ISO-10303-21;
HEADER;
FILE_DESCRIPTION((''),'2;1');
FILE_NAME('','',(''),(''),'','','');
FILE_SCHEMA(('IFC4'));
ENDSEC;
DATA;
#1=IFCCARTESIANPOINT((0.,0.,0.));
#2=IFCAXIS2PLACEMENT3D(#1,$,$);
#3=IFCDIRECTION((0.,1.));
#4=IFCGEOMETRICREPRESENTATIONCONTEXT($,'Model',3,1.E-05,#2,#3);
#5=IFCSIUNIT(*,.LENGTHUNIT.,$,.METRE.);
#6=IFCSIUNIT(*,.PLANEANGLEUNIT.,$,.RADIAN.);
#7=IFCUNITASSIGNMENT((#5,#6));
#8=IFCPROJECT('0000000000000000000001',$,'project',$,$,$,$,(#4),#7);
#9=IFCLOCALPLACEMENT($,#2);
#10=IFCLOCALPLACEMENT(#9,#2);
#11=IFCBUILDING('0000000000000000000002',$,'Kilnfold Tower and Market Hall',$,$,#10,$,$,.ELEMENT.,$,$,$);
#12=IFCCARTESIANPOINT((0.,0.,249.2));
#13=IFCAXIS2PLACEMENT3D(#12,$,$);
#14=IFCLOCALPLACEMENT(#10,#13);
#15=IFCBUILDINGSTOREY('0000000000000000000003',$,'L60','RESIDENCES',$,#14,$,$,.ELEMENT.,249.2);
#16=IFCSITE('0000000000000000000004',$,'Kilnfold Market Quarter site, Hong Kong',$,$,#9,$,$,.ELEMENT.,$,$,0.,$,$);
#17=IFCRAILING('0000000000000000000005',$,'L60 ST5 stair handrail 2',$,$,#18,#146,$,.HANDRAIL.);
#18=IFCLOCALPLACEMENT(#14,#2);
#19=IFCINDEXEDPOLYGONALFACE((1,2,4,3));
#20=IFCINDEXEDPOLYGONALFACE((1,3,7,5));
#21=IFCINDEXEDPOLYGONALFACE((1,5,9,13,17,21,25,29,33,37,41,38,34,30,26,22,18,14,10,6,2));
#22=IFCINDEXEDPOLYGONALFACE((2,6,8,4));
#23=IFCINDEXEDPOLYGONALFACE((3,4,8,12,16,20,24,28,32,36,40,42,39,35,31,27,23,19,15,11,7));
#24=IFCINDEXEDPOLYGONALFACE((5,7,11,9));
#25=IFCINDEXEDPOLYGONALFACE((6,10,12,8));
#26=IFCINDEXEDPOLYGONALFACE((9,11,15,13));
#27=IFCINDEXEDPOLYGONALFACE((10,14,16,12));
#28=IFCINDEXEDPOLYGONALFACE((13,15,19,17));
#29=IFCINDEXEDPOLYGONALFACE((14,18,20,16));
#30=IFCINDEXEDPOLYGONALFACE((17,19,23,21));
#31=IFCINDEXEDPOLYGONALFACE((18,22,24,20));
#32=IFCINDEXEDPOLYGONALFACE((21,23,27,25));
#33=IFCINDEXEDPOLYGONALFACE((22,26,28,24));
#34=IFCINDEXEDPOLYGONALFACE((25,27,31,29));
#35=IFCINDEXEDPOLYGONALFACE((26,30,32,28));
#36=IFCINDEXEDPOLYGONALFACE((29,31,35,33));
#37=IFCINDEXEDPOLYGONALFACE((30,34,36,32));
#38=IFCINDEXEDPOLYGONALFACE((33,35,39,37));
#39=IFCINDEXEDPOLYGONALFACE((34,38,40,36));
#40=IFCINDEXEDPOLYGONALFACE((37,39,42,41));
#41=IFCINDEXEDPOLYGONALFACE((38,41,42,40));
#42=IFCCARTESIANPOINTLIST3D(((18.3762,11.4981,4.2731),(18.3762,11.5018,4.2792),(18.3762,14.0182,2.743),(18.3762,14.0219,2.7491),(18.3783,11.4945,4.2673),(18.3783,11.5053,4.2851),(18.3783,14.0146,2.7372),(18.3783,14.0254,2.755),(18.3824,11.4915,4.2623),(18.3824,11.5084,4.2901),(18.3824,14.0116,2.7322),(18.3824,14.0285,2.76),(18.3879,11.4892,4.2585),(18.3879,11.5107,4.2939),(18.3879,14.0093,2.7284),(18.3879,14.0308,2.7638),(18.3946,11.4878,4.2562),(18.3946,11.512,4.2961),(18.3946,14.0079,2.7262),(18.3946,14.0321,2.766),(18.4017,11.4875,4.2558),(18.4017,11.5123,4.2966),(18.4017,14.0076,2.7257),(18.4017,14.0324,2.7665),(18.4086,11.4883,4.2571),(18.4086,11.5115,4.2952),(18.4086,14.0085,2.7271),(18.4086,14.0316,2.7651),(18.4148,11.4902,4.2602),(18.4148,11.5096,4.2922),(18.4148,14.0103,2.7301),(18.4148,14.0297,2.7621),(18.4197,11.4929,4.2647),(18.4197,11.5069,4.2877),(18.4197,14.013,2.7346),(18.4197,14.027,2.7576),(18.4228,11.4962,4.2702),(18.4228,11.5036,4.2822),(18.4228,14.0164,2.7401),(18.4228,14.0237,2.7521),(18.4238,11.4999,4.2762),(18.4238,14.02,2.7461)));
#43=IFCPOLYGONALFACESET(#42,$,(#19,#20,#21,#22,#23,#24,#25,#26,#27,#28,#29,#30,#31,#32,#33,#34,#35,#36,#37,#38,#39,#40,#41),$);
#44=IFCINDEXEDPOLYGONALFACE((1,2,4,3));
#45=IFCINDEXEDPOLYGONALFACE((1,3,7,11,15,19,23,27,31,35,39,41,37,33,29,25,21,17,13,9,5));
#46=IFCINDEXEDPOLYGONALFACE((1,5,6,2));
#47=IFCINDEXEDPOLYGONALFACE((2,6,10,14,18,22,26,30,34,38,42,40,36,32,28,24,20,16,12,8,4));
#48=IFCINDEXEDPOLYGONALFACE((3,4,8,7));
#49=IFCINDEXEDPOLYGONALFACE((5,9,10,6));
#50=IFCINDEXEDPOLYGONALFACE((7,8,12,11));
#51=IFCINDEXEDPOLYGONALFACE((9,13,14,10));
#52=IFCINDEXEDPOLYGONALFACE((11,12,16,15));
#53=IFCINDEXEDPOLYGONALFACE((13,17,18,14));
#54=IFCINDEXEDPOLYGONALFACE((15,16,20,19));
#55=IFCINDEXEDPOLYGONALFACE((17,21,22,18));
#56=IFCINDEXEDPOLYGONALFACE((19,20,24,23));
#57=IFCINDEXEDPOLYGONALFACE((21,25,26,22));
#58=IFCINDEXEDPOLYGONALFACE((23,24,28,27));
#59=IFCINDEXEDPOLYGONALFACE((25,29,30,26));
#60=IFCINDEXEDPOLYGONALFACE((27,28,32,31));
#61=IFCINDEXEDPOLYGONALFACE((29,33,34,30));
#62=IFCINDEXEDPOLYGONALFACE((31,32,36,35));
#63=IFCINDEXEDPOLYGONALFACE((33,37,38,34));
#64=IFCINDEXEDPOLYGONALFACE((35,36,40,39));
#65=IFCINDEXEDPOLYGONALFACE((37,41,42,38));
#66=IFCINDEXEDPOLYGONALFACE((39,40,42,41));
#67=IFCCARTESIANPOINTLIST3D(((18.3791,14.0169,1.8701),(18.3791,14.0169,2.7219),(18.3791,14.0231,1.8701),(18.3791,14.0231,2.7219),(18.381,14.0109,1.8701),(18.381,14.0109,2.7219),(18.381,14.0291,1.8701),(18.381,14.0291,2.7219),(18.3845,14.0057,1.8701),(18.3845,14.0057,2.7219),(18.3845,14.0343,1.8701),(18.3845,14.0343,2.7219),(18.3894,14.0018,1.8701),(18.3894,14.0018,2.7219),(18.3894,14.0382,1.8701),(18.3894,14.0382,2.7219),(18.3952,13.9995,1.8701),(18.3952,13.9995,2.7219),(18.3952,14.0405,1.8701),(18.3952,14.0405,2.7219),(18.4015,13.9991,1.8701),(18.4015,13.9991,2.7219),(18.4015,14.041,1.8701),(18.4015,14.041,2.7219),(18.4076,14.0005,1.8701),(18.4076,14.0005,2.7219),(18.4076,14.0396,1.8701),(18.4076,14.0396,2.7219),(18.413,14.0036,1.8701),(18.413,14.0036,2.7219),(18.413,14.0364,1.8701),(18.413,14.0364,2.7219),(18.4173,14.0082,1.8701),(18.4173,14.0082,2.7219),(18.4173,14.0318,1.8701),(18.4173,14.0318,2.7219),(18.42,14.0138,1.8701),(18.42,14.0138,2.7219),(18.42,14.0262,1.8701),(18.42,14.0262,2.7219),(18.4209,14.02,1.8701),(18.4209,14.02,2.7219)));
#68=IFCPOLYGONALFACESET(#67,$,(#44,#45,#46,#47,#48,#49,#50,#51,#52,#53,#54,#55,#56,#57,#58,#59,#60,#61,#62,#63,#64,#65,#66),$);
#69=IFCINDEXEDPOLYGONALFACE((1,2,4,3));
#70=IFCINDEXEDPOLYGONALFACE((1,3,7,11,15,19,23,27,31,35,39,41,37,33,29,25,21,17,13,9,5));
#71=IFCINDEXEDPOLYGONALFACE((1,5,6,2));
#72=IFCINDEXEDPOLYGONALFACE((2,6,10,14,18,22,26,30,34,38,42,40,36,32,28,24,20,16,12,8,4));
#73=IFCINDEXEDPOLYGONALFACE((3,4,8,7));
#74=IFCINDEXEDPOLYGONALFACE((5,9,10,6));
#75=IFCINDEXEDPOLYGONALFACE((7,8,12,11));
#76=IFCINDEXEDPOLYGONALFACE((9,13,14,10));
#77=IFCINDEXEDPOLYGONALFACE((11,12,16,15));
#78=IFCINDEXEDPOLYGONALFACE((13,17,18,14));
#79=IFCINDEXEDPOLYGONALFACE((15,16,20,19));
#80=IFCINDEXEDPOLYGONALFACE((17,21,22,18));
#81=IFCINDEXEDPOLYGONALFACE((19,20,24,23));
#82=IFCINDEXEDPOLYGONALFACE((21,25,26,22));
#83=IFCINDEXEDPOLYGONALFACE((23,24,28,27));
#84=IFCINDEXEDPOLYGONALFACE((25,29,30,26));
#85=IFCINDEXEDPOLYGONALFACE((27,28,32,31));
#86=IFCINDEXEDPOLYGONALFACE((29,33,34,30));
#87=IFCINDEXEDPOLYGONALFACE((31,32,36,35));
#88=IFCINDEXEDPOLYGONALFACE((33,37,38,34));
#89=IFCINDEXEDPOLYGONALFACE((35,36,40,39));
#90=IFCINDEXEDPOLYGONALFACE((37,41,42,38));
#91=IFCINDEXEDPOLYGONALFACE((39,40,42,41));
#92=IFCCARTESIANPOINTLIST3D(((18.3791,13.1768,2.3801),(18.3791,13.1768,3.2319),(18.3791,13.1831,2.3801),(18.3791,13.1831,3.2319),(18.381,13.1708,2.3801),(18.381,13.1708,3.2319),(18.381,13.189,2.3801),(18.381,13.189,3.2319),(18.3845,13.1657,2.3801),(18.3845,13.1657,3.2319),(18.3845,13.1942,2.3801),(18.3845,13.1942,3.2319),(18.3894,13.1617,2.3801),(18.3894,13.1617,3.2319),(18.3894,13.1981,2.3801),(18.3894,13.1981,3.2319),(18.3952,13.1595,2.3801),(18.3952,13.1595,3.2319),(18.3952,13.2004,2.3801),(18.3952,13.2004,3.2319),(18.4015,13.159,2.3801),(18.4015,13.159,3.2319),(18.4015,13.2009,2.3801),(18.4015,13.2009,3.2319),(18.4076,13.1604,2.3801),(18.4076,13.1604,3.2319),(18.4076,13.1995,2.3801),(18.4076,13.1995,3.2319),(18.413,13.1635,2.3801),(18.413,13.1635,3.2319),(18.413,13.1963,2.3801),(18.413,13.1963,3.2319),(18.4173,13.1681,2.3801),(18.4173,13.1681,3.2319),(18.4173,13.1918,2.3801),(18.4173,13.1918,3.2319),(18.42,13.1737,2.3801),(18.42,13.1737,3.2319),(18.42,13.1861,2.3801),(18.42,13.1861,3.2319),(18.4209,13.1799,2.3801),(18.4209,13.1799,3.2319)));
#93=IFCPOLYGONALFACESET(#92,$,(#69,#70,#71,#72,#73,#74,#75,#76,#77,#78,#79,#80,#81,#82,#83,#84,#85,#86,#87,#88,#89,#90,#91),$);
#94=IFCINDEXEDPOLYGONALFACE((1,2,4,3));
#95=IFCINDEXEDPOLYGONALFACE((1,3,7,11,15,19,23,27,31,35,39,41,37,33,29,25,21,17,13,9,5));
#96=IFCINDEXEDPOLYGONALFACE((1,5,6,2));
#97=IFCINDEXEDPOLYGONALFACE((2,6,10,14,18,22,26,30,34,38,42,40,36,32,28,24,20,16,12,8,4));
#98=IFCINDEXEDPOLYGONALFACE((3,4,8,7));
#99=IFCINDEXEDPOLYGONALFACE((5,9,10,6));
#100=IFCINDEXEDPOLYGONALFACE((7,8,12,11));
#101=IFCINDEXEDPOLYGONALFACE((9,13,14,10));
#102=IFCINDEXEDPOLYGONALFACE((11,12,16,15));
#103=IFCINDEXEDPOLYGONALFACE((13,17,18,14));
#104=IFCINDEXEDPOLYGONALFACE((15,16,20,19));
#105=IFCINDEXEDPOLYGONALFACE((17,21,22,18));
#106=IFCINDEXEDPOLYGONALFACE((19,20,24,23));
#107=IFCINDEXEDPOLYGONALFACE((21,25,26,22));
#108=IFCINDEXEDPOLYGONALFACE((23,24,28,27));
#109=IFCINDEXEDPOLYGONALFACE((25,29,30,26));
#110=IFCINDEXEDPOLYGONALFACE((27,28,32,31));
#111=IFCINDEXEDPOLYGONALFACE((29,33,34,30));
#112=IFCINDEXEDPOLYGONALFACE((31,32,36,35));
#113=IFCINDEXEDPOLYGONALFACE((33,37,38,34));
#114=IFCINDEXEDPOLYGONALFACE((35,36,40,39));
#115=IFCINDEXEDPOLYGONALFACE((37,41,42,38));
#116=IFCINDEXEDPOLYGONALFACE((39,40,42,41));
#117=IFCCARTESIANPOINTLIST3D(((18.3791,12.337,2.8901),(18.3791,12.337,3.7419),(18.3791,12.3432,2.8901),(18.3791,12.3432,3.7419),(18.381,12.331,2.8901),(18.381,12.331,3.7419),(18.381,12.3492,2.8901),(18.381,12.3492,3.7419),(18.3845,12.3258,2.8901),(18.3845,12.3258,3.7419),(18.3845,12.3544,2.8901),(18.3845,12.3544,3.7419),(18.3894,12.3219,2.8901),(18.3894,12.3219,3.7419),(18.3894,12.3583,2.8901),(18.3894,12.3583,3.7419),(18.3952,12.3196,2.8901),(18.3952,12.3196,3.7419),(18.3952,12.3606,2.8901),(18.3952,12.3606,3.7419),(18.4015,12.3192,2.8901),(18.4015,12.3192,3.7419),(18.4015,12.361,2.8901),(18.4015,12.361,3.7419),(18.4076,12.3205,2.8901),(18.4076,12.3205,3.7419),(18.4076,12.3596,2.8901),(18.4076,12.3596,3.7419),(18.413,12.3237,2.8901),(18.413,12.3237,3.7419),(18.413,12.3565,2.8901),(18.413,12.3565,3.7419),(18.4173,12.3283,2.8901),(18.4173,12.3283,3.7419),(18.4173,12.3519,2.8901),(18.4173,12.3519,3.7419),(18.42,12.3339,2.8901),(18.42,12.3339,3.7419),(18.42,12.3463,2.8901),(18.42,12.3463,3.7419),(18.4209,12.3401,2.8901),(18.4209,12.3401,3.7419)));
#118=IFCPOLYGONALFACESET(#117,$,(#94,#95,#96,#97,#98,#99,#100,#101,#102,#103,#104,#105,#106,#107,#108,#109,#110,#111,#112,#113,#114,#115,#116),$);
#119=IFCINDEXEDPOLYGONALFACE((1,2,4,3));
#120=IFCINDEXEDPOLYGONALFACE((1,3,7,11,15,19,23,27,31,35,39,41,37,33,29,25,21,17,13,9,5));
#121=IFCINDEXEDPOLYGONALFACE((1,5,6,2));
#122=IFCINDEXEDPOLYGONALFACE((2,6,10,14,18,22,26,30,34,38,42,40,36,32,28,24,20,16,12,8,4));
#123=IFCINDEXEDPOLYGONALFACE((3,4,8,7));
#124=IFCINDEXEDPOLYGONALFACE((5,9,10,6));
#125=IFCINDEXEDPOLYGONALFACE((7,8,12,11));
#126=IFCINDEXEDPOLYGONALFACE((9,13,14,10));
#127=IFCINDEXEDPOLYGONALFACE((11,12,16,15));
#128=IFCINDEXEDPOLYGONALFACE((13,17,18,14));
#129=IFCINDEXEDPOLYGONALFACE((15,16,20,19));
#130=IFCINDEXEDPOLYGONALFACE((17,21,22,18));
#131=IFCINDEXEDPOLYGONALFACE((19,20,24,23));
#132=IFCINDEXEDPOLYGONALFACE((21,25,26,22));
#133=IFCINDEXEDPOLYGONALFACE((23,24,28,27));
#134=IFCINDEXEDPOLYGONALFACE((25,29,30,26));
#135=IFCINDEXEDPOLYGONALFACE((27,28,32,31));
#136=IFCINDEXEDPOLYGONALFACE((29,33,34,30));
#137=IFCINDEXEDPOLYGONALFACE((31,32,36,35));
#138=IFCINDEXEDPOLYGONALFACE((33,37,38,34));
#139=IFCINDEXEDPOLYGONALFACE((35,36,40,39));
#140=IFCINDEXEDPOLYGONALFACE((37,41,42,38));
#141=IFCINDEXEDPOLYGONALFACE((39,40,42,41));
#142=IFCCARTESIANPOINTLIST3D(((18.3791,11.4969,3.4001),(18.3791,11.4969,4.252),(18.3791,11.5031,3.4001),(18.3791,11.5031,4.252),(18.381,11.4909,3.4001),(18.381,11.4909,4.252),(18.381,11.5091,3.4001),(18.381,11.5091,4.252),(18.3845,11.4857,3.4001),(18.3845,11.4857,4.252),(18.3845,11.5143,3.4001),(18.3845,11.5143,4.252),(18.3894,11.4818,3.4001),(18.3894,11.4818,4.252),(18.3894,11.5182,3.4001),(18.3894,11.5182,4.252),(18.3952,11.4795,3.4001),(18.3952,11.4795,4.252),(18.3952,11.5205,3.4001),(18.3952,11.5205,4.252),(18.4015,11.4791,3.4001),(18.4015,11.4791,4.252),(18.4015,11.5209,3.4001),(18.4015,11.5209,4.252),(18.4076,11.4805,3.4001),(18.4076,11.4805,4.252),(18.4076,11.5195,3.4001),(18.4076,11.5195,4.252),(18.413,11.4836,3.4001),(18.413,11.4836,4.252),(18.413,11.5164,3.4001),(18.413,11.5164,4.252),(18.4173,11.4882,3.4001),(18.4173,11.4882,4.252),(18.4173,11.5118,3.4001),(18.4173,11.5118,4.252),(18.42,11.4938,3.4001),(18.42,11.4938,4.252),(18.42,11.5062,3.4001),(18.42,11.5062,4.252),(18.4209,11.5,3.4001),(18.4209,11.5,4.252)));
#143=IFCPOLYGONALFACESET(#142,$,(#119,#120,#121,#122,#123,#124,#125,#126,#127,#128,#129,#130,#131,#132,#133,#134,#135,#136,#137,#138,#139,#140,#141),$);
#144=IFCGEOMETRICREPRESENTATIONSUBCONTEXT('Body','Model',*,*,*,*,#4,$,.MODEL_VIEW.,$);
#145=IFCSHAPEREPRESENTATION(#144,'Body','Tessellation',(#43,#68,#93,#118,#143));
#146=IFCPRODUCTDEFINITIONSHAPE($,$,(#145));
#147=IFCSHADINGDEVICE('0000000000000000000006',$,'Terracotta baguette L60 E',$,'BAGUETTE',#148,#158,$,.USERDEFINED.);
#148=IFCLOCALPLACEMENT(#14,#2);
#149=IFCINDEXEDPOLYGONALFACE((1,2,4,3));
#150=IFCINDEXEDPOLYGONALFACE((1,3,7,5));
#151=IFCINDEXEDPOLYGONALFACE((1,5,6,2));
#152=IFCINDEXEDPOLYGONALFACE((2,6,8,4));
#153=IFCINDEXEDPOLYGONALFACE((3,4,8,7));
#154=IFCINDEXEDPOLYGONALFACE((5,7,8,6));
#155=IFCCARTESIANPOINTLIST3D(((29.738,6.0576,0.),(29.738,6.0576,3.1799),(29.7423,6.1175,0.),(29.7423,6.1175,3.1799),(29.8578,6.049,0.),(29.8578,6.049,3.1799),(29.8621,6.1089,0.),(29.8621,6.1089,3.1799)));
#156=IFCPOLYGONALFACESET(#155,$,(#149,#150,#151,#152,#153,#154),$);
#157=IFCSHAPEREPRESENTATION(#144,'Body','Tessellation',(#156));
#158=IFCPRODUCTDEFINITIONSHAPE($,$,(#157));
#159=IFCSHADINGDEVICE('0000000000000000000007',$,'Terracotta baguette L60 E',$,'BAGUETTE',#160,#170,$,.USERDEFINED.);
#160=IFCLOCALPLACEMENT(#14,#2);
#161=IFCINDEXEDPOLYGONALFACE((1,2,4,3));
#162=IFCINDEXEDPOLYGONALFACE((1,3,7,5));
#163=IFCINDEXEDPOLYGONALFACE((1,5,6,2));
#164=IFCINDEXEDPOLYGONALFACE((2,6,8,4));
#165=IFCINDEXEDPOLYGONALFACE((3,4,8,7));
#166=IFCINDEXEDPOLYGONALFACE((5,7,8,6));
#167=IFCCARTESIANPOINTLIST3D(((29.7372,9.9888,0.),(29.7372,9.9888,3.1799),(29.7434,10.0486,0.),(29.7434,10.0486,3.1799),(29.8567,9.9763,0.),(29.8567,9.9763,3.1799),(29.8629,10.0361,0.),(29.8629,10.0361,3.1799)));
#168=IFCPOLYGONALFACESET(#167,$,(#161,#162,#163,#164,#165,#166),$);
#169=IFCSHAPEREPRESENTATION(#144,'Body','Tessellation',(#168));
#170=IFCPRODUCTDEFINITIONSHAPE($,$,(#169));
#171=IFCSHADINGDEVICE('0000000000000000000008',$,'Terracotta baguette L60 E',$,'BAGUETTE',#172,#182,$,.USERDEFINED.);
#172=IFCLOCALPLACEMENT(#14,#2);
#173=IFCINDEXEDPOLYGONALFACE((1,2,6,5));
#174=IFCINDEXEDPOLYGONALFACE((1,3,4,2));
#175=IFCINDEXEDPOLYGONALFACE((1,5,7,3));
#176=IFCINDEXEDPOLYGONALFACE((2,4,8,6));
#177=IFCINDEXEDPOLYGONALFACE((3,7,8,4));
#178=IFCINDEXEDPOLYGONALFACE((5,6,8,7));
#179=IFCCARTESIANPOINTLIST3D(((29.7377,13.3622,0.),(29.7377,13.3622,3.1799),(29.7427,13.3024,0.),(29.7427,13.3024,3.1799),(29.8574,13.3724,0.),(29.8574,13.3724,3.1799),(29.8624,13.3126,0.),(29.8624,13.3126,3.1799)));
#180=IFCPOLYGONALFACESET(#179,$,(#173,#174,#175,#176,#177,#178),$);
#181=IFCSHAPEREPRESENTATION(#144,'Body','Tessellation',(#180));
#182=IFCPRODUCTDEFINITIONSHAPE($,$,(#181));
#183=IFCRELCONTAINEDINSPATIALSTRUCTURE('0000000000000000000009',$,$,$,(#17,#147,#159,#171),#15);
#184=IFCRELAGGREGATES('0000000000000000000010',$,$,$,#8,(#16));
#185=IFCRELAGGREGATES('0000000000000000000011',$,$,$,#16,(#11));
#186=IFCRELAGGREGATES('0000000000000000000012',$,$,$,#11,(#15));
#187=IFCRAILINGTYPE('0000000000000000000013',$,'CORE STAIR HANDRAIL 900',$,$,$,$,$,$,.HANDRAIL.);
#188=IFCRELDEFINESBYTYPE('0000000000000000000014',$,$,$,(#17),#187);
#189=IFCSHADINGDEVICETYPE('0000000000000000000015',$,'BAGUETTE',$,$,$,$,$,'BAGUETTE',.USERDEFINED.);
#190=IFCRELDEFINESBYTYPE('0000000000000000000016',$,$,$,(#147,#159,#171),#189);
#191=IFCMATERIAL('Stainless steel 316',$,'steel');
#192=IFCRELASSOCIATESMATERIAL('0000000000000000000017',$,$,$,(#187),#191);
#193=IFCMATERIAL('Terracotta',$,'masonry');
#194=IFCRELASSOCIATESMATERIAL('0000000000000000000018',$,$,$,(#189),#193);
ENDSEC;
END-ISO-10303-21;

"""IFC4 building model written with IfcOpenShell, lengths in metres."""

from ifc_helpers import new_model, si_unit, direction, frame, origin, origin_2d, place, context, subcontext, project, spatial, rectangle, circle, extrude, source, transform, mapped, material, material_profile, profile_set, type_object, element, save


model = new_model("IFC4")

# Units and contexts
model_context = context("Model", 3, precision=1e-05, world=origin(), true_north=direction((0.0, 1.0)))
body_context = subcontext(model_context, "Body", "Model", "MODEL_VIEW")
ifc_project = project(units=[si_unit("LENGTHUNIT", "METRE"), si_unit("PLANEANGLEUNIT", "RADIAN")], contexts=[model_context])

# Site, building, storey
site_placement = place(None, origin())
site = spatial("IfcSite", under=ifc_project, at=site_placement, Name="Kilnfold Market Quarter site, Hong Kong", CompositionType="ELEMENT", RefElevation=0.0)
building_placement = place(site_placement, origin())
building = spatial("IfcBuilding", under=site, at=building_placement, Name="Kilnfold Tower and Market Hall", CompositionType="ELEMENT")
storey_placement = place(building_placement, frame((0.0, 0.0, 249.2)))
storey = spatial("IfcBuildingStorey", under=building, at=storey_placement, Name="L60", Description="RESIDENCES", CompositionType="ELEMENT", Elevation=249.2)

# Railing
ifc_material_1 = material(Name="Stainless steel 316", Category="steel")
railing_type_1 = type_object("IfcRailingType", Name="CORE STAIR HANDRAIL 900", PredefinedType="HANDRAIL", material=ifc_material_1)
railing_1_placement = place(storey_placement, frame((18.3999, 14.02, 1.8701)))
element("IfcRailing", 1, at=railing_1_placement, inside=storey, type_object=railing_type_1, Name="L60 ST5 stair handrail 2", PredefinedType="HANDRAIL", context=body_context, shape_type="SweptSolid", body=[
    extrude(circle(Radius=0.0239, at=origin_2d()), frame((0.0, 0.0, 0.876), z_axis=(0.0, -0.854785, 0.518982), x_axis=(1.0, 0.0, 0.0)), (0.0, 0.0, 1.0), 2.9482),
    extrude(circle(Radius=0.021, at=origin_2d()), origin(), (0.0, 0.0, 1.0), 0.8518),
    extrude(circle(Radius=0.021, at=origin_2d()), frame((0.0, -0.8401, 0.51)), (0.0, 0.0, 1.0), 0.8518),
    extrude(circle(Radius=0.021, at=origin_2d()), frame((0.0, -1.6799, 1.02)), (0.0, 0.0, 1.0), 0.8518),
    extrude(circle(Radius=0.021, at=origin_2d()), frame((0.0, -2.52, 1.53)), (0.0, 0.0, 1.0), 0.8518),
])

# Shading devices
ifc_material_2 = material(Name="Terracotta", Category="masonry")
ifc_material_profile_1 = material_profile(ifc_material_2, rectangle(XDim=0.0601, YDim=0.1201, at=origin_2d()), Name="BAG 60x120")
ifc_profile_set_1 = profile_set([ifc_material_profile_1], Name="Terracotta")
shading_device_type = type_object("IfcShadingDeviceType", Name="BAGUETTE", ElementType="BAGUETTE", PredefinedType="USERDEFINED", material=ifc_profile_set_1)
shared_shape_1 = source(origin(), body_context, "Body", "SweptSolid", [
    extrude(rectangle(XDim=0.0601, YDim=0.1201, at=origin_2d()), origin(), (0.0, 0.0, 1.0), 3.1799),
])
for number, where, z_axis, x_axis, name in (
    (2, (29.8, 6.0833, 0.0), (0.0, 0.0, 1.0), (0.071395, 0.997448, 0.0), "Terracotta baguette L60 E"),
    (3, (29.8, 10.0125, 0.0), (0.0, 0.0, 1.0), (0.103872, 0.994591, 0.0), "Terracotta baguette L60 E"),
    (4, (29.8, 13.3374, 0.0), (0.0, 0.0, 1.0), (-0.084546, 0.99642, 0.0), "Terracotta baguette L60 E"),
):
    element("IfcShadingDevice", number, at=place(storey_placement, frame(where, z_axis=z_axis, x_axis=x_axis)), inside=storey, type_object=shading_device_type, Name=name, ObjectType="BAGUETTE", PredefinedType="USERDEFINED", context=body_context, shape_type="MappedRepresentation", body=[
        mapped(shared_shape_1, transform((0.0, 0.0, 0.0))),
    ])

save(model, "model.ifc")
